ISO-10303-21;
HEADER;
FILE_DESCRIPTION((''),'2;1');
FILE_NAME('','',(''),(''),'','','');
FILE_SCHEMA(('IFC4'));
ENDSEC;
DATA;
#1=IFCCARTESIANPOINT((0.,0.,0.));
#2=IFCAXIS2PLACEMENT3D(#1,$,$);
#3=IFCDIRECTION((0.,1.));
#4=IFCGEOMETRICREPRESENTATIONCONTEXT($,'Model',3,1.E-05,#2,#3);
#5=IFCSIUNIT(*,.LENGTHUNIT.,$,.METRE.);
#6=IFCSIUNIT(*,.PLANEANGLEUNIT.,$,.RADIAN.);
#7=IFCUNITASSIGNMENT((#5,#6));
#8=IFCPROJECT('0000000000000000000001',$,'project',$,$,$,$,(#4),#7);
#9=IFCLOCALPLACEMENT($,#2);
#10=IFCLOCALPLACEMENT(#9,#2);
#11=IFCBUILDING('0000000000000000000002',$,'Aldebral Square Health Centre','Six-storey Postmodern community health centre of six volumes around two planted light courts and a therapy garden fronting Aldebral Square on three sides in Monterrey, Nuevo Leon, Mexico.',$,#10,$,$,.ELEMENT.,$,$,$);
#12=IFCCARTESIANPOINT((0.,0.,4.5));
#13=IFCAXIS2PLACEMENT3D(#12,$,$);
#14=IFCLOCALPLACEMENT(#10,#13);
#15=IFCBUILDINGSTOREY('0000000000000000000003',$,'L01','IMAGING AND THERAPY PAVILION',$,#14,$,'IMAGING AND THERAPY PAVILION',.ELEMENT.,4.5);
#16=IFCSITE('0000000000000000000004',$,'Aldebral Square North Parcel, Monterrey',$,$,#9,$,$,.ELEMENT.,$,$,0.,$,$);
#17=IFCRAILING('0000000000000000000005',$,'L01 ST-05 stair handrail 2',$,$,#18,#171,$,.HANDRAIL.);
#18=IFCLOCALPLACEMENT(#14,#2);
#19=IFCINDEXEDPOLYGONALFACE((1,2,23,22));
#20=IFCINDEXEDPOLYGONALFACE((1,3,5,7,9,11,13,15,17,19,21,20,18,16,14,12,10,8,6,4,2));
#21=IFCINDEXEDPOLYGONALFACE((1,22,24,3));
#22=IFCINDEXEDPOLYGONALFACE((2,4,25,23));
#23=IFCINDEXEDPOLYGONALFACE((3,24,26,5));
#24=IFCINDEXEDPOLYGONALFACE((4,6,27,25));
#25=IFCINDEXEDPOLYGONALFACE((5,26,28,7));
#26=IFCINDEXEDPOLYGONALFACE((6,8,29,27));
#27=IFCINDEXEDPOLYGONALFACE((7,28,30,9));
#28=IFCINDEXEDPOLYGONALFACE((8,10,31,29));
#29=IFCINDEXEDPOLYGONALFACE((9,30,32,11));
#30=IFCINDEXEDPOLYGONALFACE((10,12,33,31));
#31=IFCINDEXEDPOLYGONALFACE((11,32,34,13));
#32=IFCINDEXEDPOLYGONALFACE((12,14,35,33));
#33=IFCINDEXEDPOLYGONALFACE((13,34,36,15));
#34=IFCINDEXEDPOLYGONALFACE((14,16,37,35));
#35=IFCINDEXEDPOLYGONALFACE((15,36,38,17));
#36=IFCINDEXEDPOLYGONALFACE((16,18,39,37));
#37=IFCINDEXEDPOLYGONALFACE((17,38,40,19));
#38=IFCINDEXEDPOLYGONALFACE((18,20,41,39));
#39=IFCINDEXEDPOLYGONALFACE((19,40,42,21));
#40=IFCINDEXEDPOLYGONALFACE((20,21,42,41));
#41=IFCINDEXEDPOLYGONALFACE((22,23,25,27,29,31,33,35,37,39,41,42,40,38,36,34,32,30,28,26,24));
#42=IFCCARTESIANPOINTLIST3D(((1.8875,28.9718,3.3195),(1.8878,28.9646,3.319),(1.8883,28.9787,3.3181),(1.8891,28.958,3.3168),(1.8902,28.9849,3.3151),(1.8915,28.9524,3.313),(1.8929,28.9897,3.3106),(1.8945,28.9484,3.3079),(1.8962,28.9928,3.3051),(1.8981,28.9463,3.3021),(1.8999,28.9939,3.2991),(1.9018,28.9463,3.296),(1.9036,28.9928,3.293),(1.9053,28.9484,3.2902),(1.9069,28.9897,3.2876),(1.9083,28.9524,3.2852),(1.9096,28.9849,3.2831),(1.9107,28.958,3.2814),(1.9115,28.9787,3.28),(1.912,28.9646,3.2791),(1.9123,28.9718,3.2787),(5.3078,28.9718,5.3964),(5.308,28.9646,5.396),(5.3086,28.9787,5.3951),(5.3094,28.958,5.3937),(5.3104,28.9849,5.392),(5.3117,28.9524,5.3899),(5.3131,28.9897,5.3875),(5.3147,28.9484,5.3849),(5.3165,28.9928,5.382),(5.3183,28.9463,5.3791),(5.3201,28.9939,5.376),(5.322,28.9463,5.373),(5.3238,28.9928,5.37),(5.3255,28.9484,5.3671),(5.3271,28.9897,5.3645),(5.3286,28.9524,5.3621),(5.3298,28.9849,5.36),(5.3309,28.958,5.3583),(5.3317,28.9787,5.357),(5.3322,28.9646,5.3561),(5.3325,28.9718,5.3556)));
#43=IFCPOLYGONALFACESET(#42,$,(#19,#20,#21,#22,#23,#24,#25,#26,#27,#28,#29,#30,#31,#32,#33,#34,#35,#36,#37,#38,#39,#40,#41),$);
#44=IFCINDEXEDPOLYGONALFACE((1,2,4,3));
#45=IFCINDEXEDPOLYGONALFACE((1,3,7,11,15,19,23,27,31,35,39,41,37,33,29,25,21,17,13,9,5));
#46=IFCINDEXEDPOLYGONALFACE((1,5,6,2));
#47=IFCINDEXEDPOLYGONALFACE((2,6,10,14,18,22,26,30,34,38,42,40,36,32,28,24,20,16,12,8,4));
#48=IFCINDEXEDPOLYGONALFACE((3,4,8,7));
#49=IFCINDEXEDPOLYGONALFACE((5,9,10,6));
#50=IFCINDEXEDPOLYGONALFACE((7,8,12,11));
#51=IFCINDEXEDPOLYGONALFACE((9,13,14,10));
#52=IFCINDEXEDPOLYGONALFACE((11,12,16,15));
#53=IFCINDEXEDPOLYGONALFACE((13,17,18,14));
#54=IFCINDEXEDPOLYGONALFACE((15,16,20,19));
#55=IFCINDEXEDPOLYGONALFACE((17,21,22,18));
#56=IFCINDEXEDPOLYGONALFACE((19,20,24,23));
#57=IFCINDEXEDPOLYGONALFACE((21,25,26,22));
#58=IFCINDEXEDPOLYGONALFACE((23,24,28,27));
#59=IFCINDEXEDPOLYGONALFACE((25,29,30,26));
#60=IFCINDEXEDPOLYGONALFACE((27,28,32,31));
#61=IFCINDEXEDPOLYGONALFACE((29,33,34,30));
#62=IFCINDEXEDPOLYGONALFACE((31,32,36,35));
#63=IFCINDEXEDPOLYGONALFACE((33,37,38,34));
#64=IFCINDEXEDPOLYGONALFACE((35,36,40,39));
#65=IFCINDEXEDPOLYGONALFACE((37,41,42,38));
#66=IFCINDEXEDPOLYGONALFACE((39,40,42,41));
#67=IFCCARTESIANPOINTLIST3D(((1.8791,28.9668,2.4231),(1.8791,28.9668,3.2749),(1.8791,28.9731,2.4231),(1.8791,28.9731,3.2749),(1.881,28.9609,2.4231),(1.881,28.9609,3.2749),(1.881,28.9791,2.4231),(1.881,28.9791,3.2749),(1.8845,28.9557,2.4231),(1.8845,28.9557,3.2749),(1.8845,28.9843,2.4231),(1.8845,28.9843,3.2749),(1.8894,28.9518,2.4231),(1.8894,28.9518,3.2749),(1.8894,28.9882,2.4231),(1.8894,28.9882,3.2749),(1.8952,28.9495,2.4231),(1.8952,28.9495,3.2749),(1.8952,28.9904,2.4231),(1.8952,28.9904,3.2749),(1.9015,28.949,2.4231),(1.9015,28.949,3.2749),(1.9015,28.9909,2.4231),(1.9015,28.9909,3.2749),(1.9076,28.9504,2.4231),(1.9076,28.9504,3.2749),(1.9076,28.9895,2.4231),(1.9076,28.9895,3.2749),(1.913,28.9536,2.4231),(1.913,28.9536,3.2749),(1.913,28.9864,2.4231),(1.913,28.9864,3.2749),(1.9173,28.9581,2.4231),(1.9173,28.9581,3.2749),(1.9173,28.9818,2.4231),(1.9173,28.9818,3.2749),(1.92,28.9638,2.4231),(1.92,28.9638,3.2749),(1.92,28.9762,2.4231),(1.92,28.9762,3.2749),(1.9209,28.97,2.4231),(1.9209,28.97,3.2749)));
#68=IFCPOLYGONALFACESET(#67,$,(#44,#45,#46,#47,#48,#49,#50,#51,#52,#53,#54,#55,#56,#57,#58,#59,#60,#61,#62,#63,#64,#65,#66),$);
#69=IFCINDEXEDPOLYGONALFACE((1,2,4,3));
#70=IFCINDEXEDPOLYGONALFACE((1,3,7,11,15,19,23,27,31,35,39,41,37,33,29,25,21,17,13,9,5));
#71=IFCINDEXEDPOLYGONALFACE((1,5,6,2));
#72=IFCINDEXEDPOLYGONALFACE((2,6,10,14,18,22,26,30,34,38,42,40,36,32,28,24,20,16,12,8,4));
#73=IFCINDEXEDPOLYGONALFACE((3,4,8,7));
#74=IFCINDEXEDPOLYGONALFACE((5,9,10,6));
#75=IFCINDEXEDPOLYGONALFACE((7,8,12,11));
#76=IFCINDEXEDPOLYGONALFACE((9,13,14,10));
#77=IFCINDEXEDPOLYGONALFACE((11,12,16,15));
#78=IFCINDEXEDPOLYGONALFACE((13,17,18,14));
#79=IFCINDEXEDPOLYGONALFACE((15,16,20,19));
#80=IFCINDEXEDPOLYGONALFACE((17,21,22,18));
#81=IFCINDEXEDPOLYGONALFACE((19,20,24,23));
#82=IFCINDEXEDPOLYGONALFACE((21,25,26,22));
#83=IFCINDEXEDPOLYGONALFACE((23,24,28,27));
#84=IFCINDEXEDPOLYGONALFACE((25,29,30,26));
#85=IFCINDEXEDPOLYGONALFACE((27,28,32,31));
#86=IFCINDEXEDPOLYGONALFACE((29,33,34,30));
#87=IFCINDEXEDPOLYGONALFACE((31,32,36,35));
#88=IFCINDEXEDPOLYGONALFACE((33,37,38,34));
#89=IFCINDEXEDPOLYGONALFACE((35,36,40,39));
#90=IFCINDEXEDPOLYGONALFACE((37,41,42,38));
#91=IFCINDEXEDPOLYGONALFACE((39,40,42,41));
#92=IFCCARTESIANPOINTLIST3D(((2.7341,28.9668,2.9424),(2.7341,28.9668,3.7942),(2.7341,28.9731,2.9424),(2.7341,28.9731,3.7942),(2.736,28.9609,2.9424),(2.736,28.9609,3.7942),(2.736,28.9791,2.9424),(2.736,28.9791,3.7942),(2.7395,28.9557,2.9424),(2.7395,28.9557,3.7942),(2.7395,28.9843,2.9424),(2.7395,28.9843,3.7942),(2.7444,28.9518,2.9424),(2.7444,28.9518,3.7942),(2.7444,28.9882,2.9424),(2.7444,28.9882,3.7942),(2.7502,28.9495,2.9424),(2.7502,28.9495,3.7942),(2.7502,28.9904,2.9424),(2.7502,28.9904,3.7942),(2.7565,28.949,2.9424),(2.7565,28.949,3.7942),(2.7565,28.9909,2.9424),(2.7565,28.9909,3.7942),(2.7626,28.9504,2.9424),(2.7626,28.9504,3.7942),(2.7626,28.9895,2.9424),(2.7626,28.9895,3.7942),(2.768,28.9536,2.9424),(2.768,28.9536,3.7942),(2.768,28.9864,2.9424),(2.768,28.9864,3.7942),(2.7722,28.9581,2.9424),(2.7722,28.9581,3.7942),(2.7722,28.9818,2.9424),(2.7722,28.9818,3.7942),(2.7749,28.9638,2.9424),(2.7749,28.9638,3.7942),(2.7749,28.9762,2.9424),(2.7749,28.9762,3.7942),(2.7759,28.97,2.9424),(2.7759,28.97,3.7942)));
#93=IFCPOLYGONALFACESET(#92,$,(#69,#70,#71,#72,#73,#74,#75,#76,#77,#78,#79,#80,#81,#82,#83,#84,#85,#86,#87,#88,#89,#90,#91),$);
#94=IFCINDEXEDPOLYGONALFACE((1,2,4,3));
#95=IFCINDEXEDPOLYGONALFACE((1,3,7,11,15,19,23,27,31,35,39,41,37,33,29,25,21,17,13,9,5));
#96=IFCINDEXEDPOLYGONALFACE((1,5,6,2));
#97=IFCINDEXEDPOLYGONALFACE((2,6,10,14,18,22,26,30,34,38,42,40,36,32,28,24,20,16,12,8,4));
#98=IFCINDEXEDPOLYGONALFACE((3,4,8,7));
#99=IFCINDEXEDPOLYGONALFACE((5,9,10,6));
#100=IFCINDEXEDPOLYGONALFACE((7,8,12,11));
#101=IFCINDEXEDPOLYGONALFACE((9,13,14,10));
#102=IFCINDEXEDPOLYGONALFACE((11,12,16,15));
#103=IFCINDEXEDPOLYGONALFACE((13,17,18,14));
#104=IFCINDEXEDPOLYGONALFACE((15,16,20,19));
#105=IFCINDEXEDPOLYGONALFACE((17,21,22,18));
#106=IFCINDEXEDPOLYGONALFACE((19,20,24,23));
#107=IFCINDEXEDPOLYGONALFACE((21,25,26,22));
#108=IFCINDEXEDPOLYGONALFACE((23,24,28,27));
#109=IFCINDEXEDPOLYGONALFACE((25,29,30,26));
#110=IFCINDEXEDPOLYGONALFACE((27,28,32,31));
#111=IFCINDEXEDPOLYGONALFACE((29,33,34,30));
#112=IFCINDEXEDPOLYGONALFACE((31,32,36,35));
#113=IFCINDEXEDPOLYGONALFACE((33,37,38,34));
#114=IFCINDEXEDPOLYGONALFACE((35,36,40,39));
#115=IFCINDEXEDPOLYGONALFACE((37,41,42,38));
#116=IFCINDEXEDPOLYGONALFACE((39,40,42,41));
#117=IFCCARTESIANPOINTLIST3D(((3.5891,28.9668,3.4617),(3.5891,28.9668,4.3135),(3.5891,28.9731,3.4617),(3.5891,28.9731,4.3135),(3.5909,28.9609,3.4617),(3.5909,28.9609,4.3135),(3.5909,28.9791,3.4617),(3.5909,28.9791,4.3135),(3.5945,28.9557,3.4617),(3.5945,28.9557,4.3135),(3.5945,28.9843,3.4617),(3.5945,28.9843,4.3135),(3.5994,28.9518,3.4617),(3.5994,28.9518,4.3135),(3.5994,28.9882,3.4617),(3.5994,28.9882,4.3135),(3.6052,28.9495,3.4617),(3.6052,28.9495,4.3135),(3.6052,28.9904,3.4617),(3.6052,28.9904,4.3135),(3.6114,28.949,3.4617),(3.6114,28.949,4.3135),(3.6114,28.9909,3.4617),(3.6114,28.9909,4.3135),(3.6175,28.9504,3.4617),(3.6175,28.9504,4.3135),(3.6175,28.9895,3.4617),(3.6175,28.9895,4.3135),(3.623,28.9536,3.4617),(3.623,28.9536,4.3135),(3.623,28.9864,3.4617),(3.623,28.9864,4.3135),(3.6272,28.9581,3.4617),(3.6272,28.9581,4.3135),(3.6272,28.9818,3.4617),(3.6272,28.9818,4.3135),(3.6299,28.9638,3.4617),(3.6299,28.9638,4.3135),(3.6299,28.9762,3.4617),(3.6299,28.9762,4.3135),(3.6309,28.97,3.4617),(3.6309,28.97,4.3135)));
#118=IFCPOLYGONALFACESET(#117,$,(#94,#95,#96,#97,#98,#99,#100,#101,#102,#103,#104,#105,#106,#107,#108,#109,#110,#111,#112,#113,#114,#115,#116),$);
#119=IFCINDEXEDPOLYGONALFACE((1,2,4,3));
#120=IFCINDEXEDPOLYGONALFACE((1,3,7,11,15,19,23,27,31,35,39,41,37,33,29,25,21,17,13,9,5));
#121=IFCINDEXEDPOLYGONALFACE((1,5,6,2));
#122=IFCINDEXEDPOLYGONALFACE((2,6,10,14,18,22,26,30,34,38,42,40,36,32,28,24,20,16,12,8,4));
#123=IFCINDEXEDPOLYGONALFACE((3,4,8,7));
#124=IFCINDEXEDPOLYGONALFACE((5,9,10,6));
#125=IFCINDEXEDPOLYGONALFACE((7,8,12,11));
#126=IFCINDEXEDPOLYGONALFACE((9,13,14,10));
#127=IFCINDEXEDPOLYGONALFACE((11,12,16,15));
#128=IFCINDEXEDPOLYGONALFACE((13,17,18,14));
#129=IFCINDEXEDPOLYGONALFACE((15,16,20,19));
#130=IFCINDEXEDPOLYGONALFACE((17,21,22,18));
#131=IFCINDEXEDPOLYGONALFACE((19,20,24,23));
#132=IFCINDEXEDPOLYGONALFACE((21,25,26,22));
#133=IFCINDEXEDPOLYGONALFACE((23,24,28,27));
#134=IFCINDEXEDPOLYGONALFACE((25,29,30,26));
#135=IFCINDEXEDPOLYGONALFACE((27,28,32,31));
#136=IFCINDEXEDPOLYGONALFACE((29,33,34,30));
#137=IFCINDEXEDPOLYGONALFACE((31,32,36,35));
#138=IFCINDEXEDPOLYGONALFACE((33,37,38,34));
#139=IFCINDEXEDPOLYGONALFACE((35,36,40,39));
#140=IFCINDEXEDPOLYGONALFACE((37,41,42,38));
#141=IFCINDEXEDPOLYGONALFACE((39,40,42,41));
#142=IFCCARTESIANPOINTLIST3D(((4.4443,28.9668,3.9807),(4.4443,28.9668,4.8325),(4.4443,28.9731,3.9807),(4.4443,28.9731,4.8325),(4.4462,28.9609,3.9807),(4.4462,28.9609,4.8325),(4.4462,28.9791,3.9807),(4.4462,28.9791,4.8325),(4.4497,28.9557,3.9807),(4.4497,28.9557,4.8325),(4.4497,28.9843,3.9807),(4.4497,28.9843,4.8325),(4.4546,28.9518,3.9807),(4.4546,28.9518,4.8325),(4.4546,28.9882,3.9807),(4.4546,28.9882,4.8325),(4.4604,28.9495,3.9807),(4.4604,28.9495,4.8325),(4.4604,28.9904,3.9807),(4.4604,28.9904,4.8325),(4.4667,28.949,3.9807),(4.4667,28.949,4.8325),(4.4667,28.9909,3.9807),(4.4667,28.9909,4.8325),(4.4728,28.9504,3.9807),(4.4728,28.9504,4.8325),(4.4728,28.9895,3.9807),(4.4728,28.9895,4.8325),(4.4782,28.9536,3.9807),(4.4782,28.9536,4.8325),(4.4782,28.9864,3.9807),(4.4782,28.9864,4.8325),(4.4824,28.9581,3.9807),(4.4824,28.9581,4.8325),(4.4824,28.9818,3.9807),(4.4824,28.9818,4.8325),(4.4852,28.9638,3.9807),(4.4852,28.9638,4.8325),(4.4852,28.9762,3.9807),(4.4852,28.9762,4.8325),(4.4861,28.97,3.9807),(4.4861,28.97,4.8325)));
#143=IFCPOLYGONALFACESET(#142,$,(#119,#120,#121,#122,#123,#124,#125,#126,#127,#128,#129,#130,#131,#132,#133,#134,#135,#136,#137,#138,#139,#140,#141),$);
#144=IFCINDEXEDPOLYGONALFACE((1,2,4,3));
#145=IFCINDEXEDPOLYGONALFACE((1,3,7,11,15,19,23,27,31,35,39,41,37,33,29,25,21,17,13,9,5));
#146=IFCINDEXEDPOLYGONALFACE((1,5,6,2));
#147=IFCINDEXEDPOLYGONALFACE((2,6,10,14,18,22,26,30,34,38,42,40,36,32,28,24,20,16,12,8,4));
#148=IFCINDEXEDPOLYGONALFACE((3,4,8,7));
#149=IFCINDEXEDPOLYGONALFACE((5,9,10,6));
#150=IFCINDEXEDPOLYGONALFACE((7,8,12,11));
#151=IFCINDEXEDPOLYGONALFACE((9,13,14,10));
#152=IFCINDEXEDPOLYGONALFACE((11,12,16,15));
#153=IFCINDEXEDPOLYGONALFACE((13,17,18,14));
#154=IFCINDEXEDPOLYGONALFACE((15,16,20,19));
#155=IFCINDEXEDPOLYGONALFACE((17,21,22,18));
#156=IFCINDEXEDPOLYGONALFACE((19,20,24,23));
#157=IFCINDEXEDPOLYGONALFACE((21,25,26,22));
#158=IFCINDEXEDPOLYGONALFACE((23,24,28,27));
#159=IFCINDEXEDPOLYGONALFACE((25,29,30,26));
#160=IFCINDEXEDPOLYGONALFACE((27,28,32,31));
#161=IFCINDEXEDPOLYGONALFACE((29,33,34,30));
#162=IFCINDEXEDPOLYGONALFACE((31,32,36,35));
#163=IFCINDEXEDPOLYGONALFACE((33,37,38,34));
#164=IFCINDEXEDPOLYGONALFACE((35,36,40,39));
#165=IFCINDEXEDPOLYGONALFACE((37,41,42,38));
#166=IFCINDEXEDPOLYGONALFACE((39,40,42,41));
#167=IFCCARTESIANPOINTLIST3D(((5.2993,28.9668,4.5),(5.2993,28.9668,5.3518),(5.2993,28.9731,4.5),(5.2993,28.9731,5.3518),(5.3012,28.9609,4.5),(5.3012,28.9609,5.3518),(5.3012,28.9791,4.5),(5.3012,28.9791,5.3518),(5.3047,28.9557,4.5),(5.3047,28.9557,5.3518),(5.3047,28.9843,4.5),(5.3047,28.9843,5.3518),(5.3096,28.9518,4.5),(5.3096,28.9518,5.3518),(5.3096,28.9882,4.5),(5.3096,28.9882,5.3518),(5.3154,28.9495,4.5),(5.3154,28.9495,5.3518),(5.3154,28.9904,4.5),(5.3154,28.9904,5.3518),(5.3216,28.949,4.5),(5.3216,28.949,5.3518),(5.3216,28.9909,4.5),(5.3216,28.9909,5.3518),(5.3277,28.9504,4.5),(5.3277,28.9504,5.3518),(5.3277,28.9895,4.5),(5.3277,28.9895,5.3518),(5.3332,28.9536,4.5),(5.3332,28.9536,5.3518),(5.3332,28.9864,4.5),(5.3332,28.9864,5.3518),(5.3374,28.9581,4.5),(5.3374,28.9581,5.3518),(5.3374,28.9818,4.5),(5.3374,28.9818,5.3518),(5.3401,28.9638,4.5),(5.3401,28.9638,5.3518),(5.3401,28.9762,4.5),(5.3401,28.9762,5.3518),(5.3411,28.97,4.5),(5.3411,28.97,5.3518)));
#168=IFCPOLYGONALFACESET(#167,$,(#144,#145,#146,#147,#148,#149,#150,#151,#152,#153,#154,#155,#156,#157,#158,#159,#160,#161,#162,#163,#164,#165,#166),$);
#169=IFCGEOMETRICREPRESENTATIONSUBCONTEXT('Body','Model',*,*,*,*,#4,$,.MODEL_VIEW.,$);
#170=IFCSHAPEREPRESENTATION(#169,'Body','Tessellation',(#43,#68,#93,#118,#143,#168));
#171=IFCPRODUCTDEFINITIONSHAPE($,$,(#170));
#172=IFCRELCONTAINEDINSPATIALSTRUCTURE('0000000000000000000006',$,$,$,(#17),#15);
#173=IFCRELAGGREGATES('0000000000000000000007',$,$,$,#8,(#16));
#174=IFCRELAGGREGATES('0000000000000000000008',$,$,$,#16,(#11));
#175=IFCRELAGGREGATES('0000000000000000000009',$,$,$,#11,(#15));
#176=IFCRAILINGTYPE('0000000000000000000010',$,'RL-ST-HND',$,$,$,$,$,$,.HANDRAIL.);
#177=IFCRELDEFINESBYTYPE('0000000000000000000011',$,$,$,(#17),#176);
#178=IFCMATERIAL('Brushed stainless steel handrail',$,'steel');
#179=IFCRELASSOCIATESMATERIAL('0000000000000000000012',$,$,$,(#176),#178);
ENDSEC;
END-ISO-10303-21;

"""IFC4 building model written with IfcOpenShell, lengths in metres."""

from ifc_helpers import new_model, si_unit, direction, frame, origin, origin_2d, place, context, subcontext, project, spatial, circle, extrude, material, type_object, element, save


model = new_model("IFC4")

# Units and contexts
model_context = context("Model", 3, precision=1e-05, world=origin(), true_north=direction((0.0, 1.0)))
body_context = subcontext(model_context, "Body", "Model", "MODEL_VIEW")
ifc_project = project(units=[si_unit("LENGTHUNIT", "METRE"), si_unit("PLANEANGLEUNIT", "RADIAN")], contexts=[model_context])

# Site, building, storey
site_placement = place(None, origin())
site = spatial("IfcSite", under=ifc_project, at=site_placement, Name="Aldebral Square North Parcel, Monterrey", CompositionType="ELEMENT", RefElevation=0.0)
building_placement = place(site_placement, origin())
building = spatial("IfcBuilding", under=site, at=building_placement, Name="Aldebral Square Health Centre", Description="Six-storey Postmodern community health centre of six volumes around two planted light courts and a therapy garden fronting Aldebral Square on three sides in Monterrey, Nuevo Leon, Mexico.", CompositionType="ELEMENT")
storey_placement = place(building_placement, frame((0.0, 0.0, 4.5)))
storey = spatial("IfcBuildingStorey", under=building, at=storey_placement, Name="L01", Description="IMAGING AND THERAPY PAVILION", LongName="IMAGING AND THERAPY PAVILION", CompositionType="ELEMENT", Elevation=4.5)

# Railing
ifc_material_1 = material(Name="Brushed stainless steel handrail", Category="steel")
railing_type_1 = type_object("IfcRailingType", Name="RL-ST-HND", PredefinedType="HANDRAIL", material=ifc_material_1)
railing_1_placement = place(storey_placement, frame((1.8999, 28.97, 2.4231)))
element("IfcRailing", 1, at=railing_1_placement, inside=storey, type_object=railing_type_1, Name="L01 ST-05 stair handrail 2", PredefinedType="HANDRAIL", context=body_context, shape_type="SweptSolid", body=[
    extrude(circle(Radius=0.0239, at=origin_2d()), frame((0.0, 0.0, 0.876), z_axis=(0.854746, 0.0, 0.519047), x_axis=(0.0, 1.0, 0.0)), (0.0, 0.0, 1.0), 4.0015),
    extrude(circle(Radius=0.021, at=origin_2d()), origin(), (0.0, 0.0, 1.0), 0.8518),
    extrude(circle(Radius=0.021, at=origin_2d()), frame((0.855, 0.0, 0.5193)), (0.0, 0.0, 1.0), 0.8518),
    extrude(circle(Radius=0.021, at=origin_2d()), frame((1.71, 0.0, 1.0386)), (0.0, 0.0, 1.0), 0.8518),
    extrude(circle(Radius=0.021, at=origin_2d()), frame((2.5652, 0.0, 1.5576)), (0.0, 0.0, 1.0), 0.8518),
    extrude(circle(Radius=0.021, at=origin_2d()), frame((3.4202, 0.0, 2.0769)), (0.0, 0.0, 1.0), 0.8518),
])

save(model, "model.ifc")
